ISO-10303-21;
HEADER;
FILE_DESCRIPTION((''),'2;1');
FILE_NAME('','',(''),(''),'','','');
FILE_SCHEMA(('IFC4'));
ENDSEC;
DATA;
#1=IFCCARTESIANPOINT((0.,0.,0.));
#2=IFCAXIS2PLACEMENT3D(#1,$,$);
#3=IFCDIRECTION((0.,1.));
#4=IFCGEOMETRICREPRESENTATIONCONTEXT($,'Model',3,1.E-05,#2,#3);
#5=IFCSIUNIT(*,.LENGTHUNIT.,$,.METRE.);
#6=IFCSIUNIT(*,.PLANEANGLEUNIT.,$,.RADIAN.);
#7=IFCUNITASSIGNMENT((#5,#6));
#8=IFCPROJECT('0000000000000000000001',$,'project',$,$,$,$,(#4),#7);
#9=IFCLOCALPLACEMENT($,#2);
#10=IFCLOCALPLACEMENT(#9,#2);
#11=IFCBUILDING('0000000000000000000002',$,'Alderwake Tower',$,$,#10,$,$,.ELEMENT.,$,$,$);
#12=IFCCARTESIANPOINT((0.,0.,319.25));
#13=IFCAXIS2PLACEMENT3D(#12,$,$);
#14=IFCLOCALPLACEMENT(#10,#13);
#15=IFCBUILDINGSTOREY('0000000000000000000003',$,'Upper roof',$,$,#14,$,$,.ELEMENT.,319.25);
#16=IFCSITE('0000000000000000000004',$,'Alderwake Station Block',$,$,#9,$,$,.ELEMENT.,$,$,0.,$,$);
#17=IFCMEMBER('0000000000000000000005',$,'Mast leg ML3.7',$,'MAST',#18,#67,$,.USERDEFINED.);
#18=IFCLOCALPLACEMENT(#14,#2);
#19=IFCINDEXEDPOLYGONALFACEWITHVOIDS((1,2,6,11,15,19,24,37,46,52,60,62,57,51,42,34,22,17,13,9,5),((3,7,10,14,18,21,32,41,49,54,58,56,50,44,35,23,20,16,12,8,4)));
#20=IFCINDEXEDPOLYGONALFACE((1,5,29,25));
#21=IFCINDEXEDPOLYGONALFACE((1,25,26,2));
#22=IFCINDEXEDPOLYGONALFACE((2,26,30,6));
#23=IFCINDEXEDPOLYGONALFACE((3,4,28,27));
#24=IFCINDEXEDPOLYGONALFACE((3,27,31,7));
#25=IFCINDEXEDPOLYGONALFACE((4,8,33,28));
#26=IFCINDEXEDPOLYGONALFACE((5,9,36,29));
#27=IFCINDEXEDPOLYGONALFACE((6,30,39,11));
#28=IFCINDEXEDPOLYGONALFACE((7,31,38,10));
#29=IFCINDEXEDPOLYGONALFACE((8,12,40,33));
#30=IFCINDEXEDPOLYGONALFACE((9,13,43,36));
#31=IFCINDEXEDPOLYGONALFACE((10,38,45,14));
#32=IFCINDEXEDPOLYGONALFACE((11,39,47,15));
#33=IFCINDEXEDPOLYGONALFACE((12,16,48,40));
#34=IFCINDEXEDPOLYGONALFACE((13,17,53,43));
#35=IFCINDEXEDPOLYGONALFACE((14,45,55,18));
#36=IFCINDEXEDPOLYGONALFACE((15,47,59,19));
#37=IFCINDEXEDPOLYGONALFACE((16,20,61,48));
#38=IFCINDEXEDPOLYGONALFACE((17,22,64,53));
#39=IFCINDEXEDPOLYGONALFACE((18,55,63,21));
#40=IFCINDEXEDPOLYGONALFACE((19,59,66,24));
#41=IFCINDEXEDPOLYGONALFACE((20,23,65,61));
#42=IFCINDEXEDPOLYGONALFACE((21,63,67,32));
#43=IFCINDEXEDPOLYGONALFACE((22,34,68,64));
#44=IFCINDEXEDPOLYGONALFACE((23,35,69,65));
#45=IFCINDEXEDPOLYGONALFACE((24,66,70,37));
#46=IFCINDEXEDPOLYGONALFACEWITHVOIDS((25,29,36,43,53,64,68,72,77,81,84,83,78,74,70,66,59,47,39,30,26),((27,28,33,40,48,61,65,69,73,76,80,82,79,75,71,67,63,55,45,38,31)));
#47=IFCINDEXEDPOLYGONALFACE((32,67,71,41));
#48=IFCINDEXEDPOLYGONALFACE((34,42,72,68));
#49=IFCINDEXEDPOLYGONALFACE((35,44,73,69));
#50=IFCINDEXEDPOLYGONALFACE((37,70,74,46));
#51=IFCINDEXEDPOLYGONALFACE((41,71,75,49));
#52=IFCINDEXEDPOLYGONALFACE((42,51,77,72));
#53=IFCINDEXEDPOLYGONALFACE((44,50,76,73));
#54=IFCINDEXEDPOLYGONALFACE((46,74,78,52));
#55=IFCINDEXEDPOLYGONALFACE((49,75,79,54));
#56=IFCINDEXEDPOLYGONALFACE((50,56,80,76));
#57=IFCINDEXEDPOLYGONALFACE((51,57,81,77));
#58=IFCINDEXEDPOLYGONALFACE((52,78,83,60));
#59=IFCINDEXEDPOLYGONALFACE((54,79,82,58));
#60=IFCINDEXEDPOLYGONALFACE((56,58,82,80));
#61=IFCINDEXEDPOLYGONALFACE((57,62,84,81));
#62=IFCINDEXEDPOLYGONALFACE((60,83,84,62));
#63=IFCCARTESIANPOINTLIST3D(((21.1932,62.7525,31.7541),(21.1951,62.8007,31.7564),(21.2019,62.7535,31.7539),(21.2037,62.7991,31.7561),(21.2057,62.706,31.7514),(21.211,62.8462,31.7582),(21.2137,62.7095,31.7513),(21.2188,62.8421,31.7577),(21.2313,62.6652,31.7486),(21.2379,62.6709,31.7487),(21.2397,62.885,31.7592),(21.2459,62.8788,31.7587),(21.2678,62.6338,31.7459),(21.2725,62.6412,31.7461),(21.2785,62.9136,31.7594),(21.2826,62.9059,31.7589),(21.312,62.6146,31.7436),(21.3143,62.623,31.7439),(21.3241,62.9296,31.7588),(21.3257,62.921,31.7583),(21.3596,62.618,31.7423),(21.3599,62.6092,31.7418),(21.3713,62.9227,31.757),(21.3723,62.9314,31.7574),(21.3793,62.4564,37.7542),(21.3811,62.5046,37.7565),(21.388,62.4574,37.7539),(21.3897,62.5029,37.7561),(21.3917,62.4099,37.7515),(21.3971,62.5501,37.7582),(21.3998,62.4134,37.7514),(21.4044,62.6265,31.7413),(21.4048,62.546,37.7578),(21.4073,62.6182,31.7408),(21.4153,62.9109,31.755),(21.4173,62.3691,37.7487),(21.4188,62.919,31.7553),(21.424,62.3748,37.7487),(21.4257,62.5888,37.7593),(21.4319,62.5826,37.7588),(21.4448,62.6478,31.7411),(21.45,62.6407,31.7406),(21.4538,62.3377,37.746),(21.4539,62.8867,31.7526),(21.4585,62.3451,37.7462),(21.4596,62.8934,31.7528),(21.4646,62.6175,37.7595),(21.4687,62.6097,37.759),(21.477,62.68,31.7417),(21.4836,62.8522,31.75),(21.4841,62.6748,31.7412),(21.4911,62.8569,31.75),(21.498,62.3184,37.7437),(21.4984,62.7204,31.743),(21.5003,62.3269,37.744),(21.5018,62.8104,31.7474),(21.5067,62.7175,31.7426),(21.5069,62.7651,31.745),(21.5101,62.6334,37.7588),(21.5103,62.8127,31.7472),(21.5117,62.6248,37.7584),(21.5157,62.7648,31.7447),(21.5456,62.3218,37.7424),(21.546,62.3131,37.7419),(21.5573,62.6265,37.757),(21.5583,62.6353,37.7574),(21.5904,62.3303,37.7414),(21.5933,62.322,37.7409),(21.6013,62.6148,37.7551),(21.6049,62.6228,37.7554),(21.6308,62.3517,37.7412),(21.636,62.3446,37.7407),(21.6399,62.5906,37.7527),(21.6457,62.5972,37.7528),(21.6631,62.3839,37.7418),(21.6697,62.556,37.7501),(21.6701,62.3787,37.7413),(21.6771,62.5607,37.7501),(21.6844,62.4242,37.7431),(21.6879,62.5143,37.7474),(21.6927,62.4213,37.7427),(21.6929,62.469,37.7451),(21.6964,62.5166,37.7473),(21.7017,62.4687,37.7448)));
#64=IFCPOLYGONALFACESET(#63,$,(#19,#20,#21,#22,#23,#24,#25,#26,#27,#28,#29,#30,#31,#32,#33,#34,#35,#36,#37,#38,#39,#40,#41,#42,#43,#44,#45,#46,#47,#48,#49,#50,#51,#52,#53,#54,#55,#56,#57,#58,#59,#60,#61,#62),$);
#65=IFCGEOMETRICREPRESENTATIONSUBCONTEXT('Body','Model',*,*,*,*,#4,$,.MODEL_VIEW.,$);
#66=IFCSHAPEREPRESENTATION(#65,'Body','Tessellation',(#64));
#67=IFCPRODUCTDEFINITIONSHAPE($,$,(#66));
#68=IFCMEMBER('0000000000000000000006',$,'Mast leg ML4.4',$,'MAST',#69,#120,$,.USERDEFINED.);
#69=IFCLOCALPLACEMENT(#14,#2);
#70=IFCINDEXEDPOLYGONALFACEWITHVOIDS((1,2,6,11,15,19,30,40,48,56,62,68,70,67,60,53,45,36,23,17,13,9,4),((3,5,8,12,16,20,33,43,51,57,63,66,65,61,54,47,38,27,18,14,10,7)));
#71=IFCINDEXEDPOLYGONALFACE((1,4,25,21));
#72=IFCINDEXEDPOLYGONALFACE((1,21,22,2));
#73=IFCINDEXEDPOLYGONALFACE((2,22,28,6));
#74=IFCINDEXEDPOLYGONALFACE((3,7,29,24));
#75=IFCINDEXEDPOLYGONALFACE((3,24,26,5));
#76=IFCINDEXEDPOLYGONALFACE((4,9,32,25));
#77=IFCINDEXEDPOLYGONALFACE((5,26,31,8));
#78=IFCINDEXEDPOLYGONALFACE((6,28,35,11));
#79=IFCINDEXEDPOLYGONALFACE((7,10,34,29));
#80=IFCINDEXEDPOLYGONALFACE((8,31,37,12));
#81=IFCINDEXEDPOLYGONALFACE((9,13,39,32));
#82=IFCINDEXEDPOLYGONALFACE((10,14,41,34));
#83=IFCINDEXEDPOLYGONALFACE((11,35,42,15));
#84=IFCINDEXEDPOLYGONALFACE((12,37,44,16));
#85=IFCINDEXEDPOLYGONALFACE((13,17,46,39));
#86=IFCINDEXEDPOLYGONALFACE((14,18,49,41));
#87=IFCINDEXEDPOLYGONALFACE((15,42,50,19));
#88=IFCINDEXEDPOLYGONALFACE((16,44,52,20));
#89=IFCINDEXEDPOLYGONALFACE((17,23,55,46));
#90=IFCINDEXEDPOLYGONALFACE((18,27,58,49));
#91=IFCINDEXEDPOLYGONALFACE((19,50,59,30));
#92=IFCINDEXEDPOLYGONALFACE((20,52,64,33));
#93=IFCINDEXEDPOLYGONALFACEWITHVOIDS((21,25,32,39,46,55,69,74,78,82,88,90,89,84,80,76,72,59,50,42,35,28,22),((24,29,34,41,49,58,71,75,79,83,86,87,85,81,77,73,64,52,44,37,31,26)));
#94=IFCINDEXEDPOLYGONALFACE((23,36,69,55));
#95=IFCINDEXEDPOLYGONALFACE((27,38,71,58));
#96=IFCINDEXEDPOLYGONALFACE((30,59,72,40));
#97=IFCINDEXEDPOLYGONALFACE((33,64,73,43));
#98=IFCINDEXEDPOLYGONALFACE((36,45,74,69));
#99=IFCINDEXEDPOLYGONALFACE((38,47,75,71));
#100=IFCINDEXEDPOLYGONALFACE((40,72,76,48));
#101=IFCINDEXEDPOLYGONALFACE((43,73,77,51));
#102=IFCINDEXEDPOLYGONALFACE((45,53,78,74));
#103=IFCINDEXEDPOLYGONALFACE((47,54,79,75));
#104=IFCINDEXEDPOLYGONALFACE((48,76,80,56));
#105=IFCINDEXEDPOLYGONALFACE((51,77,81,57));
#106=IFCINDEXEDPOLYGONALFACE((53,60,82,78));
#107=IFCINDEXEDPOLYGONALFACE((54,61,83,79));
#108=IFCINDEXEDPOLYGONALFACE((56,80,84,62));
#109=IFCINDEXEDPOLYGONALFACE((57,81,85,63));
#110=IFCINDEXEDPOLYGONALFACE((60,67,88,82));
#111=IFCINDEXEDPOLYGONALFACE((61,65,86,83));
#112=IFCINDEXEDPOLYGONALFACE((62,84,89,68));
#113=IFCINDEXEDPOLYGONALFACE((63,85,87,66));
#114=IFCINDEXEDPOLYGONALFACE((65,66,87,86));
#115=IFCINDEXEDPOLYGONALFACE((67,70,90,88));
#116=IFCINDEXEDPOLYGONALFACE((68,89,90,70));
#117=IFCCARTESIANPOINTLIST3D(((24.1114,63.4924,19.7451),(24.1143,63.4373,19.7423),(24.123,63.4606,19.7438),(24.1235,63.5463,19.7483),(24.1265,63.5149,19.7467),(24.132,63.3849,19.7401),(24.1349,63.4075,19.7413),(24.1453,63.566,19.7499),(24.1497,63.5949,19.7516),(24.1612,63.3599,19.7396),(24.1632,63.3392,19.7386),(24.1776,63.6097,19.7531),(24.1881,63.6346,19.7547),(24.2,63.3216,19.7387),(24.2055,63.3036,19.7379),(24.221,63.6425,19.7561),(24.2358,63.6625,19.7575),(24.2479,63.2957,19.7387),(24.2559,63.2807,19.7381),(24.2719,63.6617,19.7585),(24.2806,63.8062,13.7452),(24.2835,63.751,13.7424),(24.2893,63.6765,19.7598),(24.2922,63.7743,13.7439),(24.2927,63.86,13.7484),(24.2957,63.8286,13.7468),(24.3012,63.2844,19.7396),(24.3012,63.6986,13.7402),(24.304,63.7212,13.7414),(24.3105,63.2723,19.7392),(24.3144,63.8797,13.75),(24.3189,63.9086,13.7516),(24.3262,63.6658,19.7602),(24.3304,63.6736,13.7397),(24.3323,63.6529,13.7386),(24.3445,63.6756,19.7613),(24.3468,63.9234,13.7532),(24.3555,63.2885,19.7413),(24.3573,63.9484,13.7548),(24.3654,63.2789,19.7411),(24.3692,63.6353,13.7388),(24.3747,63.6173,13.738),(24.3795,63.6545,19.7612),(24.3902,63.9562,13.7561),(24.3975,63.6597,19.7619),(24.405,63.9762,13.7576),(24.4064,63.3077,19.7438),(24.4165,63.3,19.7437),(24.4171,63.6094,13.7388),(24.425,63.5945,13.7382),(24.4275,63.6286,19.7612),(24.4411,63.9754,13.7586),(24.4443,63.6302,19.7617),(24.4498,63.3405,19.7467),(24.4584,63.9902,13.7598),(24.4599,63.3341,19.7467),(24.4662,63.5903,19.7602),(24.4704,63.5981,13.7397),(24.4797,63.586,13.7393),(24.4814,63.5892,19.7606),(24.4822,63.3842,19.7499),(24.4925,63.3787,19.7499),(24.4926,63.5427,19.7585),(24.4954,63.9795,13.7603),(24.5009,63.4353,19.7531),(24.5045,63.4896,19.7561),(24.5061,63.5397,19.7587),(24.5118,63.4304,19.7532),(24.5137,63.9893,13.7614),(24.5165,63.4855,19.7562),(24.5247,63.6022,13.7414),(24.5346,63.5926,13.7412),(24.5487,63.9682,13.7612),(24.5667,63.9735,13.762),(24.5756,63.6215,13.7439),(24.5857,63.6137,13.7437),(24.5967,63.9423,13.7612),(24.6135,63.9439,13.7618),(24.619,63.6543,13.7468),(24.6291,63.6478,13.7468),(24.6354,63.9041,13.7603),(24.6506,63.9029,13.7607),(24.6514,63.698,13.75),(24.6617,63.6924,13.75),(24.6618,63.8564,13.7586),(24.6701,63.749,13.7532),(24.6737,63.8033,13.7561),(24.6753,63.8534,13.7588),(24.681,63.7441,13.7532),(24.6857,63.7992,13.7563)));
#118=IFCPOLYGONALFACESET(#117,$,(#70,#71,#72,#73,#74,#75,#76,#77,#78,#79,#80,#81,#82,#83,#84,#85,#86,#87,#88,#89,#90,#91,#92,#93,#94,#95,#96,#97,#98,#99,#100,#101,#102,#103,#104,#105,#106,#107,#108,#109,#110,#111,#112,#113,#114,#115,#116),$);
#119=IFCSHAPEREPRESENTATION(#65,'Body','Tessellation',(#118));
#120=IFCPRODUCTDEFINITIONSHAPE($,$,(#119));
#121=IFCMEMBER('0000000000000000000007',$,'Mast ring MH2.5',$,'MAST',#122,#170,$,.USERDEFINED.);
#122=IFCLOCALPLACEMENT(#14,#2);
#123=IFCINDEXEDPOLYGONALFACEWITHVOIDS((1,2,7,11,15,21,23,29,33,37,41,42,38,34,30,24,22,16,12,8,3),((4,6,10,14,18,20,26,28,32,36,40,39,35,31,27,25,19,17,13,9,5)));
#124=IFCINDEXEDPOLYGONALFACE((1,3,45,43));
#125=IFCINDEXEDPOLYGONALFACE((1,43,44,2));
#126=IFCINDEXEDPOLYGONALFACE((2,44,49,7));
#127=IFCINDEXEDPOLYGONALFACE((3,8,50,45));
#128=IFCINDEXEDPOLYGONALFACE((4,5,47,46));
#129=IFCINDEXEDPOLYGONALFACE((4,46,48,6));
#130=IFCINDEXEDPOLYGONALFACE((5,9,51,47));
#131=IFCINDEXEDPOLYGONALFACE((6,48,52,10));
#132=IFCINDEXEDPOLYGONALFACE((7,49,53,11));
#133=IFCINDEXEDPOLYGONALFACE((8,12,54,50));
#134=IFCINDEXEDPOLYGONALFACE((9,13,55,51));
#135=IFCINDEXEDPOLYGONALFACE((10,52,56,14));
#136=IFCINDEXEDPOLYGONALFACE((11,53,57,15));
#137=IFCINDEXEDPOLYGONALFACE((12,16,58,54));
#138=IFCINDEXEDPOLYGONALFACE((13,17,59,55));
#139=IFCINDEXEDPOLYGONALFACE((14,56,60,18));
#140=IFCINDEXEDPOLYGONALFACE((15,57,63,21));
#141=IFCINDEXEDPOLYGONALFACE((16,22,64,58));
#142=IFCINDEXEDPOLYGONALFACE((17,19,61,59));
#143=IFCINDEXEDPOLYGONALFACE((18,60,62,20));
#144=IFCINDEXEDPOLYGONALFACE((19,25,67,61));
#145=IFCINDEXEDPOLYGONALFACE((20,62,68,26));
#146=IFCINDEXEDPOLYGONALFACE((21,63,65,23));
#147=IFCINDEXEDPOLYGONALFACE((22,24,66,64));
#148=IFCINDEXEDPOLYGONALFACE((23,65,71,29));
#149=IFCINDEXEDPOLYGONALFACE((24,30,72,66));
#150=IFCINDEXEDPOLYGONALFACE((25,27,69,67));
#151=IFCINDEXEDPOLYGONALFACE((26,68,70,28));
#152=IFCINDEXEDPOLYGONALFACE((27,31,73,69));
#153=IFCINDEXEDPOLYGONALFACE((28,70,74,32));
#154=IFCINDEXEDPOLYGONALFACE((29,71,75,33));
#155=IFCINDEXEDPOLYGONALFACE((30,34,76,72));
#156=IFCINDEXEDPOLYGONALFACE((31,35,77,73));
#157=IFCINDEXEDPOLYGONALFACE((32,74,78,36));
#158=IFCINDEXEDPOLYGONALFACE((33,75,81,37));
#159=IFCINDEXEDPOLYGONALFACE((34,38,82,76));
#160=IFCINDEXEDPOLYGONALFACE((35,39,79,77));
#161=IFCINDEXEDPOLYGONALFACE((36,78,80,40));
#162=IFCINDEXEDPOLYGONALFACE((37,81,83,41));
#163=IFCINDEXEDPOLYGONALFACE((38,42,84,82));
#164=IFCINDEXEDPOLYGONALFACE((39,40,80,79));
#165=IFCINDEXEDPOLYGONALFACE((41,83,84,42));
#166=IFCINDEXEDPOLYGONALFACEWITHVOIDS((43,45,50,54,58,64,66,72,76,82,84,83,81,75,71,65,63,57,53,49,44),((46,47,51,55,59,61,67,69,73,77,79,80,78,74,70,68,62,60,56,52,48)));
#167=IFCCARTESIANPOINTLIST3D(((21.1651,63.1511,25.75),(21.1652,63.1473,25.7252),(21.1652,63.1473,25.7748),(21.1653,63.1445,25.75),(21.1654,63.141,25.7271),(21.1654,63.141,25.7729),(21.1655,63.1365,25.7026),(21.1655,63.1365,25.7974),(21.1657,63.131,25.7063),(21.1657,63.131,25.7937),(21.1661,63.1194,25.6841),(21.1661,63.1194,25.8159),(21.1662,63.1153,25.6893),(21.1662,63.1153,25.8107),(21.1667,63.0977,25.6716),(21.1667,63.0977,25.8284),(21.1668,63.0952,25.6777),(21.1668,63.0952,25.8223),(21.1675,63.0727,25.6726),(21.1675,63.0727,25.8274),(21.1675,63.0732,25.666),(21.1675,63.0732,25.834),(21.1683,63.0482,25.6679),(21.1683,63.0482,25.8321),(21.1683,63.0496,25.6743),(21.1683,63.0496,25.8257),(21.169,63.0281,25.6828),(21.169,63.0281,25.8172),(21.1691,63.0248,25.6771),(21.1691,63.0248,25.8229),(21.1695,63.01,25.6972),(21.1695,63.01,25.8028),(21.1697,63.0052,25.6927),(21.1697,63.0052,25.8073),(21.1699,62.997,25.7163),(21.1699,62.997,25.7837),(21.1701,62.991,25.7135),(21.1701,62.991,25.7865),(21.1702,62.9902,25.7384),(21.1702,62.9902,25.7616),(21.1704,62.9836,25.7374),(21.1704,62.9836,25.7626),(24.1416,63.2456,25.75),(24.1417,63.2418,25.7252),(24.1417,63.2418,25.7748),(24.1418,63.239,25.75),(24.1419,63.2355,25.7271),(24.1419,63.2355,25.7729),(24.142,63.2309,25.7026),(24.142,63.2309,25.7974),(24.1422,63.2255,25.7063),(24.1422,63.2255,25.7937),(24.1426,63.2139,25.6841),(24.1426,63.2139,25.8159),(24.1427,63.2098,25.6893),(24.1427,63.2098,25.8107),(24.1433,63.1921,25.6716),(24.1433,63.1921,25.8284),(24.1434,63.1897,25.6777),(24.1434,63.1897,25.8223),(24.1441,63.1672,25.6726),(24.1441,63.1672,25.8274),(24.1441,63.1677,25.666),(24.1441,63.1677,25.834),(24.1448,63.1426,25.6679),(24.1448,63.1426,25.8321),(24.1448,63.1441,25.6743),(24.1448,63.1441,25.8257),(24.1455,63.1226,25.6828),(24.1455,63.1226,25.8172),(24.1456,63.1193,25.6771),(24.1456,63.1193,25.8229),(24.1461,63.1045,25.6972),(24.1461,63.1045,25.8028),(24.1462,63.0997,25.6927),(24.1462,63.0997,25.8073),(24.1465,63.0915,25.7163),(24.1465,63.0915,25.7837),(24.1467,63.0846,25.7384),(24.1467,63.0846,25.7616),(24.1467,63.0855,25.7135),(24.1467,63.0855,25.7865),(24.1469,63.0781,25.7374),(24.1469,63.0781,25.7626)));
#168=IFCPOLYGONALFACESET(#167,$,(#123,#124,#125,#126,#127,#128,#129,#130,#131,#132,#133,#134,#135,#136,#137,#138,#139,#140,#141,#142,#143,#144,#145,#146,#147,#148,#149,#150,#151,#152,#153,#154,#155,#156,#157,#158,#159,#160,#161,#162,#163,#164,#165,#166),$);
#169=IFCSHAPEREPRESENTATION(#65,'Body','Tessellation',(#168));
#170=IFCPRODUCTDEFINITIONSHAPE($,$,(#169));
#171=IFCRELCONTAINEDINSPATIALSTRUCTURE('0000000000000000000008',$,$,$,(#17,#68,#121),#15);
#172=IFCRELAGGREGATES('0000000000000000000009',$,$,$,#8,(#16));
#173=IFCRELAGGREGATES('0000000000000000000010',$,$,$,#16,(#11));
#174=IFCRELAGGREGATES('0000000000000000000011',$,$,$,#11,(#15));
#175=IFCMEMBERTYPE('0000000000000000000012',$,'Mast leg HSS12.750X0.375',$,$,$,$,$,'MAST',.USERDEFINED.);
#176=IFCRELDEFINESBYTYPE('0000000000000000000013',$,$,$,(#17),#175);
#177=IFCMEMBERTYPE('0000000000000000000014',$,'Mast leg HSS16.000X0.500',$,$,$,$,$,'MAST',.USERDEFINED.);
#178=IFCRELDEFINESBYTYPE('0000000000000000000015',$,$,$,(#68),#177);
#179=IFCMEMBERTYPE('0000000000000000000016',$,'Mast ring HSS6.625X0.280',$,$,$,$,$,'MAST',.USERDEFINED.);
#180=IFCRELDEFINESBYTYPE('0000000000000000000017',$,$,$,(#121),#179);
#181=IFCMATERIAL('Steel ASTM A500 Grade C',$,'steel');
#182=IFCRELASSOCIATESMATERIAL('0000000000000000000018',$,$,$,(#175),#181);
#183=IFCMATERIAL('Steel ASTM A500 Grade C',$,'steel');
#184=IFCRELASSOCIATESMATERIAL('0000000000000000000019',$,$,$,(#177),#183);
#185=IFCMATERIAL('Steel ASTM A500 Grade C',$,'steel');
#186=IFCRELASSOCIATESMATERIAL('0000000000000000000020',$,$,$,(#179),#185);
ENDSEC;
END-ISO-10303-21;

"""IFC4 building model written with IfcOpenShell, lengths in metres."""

from ifc_helpers import new_model, si_unit, direction, frame, origin, origin_2d, place, context, subcontext, project, spatial, hollow_circle, extrude, material, material_profile, profile_set, type_object, element, save


model = new_model("IFC4")

# Units and contexts
model_context = context("Model", 3, precision=1e-05, world=origin(), true_north=direction((0.0, 1.0)))
body_context = subcontext(model_context, "Body", "Model", "MODEL_VIEW")
ifc_project = project(units=[si_unit("LENGTHUNIT", "METRE"), si_unit("PLANEANGLEUNIT", "RADIAN")], contexts=[model_context])

# Site, building, storey
site_placement = place(None, origin())
site = spatial("IfcSite", under=ifc_project, at=site_placement, Name="Alderwake Station Block", CompositionType="ELEMENT", RefElevation=0.0)
building_placement = place(site_placement, origin())
building = spatial("IfcBuilding", under=site, at=building_placement, Name="Alderwake Tower", CompositionType="ELEMENT")
storey_placement = place(building_placement, frame((0.0, 0.0, 319.25)))
storey = spatial("IfcBuildingStorey", under=building, at=storey_placement, Name="Upper roof", CompositionType="ELEMENT", Elevation=319.25)

# Members
ifc_material_1 = material(Name="Steel ASTM A500 Grade C", Category="steel")
ifc_material_profile_1 = material_profile(ifc_material_1, hollow_circle(Radius=0.1619, WallThickness=0.0088, at=origin_2d()), Name="HSS12.750X0.375")
ifc_profile_set_1 = profile_set([ifc_material_profile_1], Name="Steel ASTM A500 Grade C")
member_type_1 = type_object("IfcMemberType", Name="Mast leg HSS12.750X0.375", ElementType="MAST", PredefinedType="USERDEFINED", material=ifc_profile_set_1)
member_1_placement = place(storey_placement, frame((21.354, 62.7708, 31.75), z_axis=(0.030953, -0.049273, 0.998306), x_axis=(0.84678, 0.531943, 0.0)))
element("IfcMember", 1, at=member_1_placement, inside=storey, type_object=member_type_1, Name="Mast leg ML3.7", ObjectType="MAST", PredefinedType="USERDEFINED", context=body_context, shape_type="SweptSolid", body=[
    extrude(hollow_circle(Radius=0.1619, WallThickness=0.0088, at=origin_2d()), origin(), (0.0, 0.0, 1.0), 6.0103),
])
ifc_material_2 = material(Name="Steel ASTM A500 Grade C", Category="steel")
ifc_material_profile_2 = material_profile(ifc_material_2, hollow_circle(Radius=0.2031, WallThickness=0.0117, at=origin_2d()), Name="HSS16.000X0.500")
ifc_profile_set_2 = profile_set([ifc_material_profile_2], Name="Steel ASTM A500 Grade C")
member_type_2 = type_object("IfcMemberType", Name="Mast leg HSS16.000X0.500", ElementType="MAST", PredefinedType="USERDEFINED", material=ifc_profile_set_2)
member_2_placement = place(storey_placement, frame((24.4829, 63.7888, 13.75), z_axis=(-0.028149, -0.052195, 0.99824), x_axis=(0.880163, -0.474672, 0.0)))
element("IfcMember", 2, at=member_2_placement, inside=storey, type_object=member_type_2, Name="Mast leg ML4.4", ObjectType="MAST", PredefinedType="USERDEFINED", context=body_context, shape_type="SweptSolid", body=[
    extrude(hollow_circle(Radius=0.2031, WallThickness=0.0117, at=origin_2d()), origin(), (0.0, 0.0, 1.0), 6.0105),
])
ifc_material_3 = material(Name="Steel ASTM A500 Grade C", Category="steel")
ifc_material_profile_3 = material_profile(ifc_material_3, hollow_circle(Radius=0.0842, WallThickness=0.0066, at=origin_2d()), Name="HSS6.625X0.280")
ifc_profile_set_3 = profile_set([ifc_material_profile_3], Name="Steel ASTM A500 Grade C")
member_type_3 = type_object("IfcMemberType", Name="Mast ring HSS6.625X0.280", ElementType="MAST", PredefinedType="USERDEFINED", material=ifc_profile_set_3)
member_3_placement = place(storey_placement, frame((21.1677, 63.0669, 25.75), z_axis=(0.999497, 0.031726, 0.0), x_axis=(-0.031726, 0.999497, 0.0)))
element("IfcMember", 3, at=member_3_placement, inside=storey, type_object=member_type_3, Name="Mast ring MH2.5", ObjectType="MAST", PredefinedType="USERDEFINED", context=body_context, shape_type="SweptSolid", body=[
    extrude(hollow_circle(Radius=0.0842, WallThickness=0.0066, at=origin_2d()), origin(), (0.0, 0.0, 1.0), 2.978),
])

save(model, "model.ifc")
